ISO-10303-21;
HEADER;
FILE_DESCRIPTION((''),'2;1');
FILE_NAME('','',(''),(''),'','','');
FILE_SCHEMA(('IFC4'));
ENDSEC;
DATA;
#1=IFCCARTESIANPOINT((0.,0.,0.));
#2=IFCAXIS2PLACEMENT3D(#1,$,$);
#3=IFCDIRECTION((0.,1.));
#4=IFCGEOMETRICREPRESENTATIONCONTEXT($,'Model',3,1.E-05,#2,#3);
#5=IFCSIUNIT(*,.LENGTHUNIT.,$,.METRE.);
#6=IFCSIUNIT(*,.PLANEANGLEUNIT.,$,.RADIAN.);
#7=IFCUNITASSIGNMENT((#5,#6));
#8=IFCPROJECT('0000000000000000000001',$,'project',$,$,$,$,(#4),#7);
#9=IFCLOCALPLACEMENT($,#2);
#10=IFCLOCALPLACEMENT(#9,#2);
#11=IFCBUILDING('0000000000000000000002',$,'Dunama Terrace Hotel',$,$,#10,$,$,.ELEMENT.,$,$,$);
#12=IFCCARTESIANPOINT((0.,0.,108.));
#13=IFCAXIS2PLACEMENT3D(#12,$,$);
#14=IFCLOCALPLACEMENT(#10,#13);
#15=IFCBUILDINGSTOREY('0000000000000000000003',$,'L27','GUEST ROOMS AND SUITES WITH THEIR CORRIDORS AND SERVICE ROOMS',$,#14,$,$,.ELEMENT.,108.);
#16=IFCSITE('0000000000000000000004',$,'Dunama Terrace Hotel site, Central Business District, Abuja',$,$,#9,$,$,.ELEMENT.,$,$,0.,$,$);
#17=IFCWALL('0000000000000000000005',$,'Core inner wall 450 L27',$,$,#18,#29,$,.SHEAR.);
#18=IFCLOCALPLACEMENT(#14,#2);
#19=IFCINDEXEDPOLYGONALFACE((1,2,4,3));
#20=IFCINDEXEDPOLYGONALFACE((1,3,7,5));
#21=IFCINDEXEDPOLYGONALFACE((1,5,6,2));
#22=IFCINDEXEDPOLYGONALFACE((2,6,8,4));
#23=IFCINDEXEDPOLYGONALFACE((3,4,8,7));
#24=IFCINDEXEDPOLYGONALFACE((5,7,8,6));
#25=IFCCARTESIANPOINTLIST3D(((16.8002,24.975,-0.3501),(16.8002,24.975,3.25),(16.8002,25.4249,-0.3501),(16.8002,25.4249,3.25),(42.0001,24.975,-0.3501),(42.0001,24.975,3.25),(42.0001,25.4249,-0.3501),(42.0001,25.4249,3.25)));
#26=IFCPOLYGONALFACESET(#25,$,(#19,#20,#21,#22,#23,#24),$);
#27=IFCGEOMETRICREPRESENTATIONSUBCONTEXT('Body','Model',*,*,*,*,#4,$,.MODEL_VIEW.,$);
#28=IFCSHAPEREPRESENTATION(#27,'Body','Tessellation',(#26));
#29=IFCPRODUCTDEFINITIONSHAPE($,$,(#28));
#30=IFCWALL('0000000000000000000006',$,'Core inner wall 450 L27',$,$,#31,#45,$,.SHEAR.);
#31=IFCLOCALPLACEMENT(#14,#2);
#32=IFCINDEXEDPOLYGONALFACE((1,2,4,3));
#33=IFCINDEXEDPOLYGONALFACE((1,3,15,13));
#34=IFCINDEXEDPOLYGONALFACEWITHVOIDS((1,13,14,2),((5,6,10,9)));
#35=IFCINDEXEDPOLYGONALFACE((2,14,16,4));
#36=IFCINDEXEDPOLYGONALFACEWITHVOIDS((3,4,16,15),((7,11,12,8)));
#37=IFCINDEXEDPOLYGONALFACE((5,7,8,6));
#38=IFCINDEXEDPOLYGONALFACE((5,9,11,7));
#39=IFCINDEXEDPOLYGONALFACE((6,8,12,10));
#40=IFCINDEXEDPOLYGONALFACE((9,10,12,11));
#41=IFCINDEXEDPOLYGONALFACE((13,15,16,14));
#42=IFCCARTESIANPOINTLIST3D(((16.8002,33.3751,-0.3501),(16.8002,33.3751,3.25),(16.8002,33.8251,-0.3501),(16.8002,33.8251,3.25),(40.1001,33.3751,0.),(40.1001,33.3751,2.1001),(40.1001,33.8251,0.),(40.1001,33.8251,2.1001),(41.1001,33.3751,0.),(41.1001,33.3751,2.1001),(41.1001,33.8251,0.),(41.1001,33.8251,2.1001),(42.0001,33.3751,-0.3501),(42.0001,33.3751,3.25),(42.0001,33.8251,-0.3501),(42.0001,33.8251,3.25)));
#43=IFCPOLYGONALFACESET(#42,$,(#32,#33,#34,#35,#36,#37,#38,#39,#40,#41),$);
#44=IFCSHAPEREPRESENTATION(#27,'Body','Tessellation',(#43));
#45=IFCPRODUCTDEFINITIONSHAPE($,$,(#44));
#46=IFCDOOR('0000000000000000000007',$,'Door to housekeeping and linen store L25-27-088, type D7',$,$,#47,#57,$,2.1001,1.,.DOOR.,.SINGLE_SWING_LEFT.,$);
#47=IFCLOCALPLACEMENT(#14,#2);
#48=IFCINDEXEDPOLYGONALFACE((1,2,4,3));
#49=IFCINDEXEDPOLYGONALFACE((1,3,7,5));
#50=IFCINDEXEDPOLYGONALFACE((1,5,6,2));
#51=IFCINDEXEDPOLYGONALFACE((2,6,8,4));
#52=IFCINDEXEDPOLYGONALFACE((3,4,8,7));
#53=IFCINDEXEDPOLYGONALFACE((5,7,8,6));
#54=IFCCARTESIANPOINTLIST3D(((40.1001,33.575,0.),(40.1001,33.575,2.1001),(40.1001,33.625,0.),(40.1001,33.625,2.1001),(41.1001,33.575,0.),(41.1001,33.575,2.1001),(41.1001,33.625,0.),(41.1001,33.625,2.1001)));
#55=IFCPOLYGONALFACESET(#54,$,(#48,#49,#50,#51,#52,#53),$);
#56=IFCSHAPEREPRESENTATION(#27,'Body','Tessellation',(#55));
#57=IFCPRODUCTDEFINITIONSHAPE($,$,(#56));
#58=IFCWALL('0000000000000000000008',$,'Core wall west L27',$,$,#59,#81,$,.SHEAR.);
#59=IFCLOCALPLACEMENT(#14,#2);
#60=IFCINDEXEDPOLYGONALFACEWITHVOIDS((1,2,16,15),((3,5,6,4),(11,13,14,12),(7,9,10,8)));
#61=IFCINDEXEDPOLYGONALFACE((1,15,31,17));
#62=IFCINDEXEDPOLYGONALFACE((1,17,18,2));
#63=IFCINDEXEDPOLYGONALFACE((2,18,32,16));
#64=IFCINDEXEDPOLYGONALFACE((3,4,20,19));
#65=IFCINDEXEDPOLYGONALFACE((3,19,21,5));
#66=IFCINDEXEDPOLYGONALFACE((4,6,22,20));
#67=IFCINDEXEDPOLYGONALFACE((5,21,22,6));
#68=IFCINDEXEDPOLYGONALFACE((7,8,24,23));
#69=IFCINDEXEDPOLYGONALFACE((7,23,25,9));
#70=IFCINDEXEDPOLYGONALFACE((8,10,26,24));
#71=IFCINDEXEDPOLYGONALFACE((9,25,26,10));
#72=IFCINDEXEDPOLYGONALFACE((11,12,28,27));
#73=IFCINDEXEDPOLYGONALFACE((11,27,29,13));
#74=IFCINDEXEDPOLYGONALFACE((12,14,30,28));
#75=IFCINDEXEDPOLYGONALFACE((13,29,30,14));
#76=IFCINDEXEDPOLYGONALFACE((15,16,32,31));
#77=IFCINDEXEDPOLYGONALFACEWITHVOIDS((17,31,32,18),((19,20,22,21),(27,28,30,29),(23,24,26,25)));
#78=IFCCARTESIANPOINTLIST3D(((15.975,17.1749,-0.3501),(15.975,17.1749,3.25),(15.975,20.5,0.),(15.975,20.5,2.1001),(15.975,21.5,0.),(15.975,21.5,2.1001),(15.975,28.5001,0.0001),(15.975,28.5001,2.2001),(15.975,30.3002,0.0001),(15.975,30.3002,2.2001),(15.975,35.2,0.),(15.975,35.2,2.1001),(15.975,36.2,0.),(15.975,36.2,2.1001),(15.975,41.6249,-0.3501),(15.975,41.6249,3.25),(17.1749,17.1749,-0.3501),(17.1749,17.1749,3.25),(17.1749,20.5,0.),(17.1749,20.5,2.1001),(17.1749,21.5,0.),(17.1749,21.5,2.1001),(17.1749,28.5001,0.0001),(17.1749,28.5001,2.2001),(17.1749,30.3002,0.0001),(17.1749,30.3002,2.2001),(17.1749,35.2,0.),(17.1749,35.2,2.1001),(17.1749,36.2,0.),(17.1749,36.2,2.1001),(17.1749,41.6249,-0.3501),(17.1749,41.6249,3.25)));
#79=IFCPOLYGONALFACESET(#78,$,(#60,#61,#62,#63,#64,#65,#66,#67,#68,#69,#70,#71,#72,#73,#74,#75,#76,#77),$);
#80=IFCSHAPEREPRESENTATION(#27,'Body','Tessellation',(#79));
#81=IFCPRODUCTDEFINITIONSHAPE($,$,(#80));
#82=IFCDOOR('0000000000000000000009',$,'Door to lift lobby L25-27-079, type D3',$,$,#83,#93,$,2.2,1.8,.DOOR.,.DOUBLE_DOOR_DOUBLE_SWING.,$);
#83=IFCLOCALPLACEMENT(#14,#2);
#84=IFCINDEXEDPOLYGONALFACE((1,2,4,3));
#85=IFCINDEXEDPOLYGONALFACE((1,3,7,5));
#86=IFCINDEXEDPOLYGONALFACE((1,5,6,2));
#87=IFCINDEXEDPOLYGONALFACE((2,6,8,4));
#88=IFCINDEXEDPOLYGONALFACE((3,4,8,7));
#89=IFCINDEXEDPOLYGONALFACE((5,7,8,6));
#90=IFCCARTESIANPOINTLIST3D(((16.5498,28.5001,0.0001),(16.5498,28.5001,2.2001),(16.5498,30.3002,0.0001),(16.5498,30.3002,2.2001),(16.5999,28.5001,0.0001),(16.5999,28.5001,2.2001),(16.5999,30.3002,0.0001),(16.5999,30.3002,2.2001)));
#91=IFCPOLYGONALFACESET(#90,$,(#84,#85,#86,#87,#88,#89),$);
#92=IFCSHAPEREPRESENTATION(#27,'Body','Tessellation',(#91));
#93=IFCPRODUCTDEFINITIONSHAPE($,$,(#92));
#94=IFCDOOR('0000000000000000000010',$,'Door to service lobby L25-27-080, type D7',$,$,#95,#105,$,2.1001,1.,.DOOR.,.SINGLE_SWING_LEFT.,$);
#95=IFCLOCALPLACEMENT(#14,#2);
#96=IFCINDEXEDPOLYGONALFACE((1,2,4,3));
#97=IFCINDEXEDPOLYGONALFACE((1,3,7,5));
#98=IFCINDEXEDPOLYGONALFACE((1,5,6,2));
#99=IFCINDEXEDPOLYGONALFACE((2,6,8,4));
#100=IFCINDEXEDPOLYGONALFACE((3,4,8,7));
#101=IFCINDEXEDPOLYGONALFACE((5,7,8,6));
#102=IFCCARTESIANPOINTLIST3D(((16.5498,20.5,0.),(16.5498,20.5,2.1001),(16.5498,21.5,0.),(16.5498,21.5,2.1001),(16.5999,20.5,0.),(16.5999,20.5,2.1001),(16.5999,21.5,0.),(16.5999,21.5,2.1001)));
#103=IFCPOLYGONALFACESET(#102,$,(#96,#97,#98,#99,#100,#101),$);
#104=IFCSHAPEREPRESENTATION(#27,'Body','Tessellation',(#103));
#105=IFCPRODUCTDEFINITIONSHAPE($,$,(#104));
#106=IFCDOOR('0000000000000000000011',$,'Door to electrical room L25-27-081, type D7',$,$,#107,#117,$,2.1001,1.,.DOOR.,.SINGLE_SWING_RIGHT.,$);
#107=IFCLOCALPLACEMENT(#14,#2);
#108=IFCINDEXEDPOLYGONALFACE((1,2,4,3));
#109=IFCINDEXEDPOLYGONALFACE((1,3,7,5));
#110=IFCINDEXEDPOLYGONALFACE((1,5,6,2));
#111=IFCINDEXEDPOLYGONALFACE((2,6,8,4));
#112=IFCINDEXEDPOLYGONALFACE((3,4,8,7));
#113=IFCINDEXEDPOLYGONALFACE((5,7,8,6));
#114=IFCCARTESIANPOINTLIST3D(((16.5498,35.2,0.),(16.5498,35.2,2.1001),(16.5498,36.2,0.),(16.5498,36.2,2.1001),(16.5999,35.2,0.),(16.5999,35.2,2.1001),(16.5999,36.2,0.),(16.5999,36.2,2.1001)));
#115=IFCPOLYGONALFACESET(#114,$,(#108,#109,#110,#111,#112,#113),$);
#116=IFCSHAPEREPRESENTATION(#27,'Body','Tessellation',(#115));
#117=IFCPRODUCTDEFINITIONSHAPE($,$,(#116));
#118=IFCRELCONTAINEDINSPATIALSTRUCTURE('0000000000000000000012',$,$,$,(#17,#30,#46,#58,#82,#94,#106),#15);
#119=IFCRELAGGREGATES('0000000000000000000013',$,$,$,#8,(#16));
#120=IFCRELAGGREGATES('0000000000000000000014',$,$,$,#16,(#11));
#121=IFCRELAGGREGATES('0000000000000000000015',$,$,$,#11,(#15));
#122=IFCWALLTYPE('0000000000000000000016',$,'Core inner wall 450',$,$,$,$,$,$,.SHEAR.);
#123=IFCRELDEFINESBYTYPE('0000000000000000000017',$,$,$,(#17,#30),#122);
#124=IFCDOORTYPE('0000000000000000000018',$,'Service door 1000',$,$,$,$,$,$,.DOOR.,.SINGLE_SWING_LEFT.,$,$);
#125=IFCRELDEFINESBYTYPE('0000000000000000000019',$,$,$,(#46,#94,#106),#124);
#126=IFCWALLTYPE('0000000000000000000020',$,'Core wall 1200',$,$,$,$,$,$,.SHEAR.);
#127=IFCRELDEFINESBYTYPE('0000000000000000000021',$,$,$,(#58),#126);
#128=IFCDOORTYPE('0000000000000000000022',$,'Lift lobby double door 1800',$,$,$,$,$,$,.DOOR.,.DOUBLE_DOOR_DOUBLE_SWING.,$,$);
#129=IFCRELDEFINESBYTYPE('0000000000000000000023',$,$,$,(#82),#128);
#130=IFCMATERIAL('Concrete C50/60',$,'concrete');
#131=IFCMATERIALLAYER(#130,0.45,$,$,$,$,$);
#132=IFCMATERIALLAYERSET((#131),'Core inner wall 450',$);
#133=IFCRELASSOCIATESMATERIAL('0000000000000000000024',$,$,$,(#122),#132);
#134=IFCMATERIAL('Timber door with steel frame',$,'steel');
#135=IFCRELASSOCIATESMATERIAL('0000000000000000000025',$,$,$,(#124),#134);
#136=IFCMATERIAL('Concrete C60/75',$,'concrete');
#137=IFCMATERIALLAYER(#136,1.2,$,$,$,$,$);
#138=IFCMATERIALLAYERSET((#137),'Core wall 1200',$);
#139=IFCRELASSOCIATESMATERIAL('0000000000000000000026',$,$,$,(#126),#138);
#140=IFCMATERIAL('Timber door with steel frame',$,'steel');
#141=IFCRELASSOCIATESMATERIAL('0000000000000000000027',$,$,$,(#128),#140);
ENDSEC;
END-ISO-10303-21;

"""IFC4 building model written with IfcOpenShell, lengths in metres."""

from ifc_helpers import new_model, si_unit, direction, frame, frame_2d, origin, place, context, subcontext, project, spatial, rectangle, extrude, material, layer, layer_set, type_object, element, fill, save


model = new_model("IFC4")

# Units and contexts
model_context = context("Model", 3, precision=1e-05, world=origin(), true_north=direction((0.0, 1.0)))
body_context = subcontext(model_context, "Body", "Model", "MODEL_VIEW")
ifc_project = project(units=[si_unit("LENGTHUNIT", "METRE"), si_unit("PLANEANGLEUNIT", "RADIAN")], contexts=[model_context])

# Site, building, storey
site_placement = place(None, origin())
site = spatial("IfcSite", under=ifc_project, at=site_placement, Name="Dunama Terrace Hotel site, Central Business District, Abuja", CompositionType="ELEMENT", RefElevation=0.0)
building_placement = place(site_placement, origin())
building = spatial("IfcBuilding", under=site, at=building_placement, Name="Dunama Terrace Hotel", CompositionType="ELEMENT")
storey_placement = place(building_placement, frame((0.0, 0.0, 108.0)))
storey = spatial("IfcBuildingStorey", under=building, at=storey_placement, Name="L27", Description="GUEST ROOMS AND SUITES WITH THEIR CORRIDORS AND SERVICE ROOMS", CompositionType="ELEMENT", Elevation=108.0)

# Wall
ifc_material_1 = material(Name="Concrete C50/60", Category="concrete")
ifc_layer_1 = layer(ifc_material_1, 0.45)
ifc_layer_set_1 = layer_set([ifc_layer_1], Name="Core inner wall 450")
wall_type_1 = type_object("IfcWallType", Name="Core inner wall 450", PredefinedType="SHEAR", material=ifc_layer_set_1)
wall_1_placement = place(storey_placement, frame((16.8, 25.2, -0.3501), z_axis=(0.0, 0.0, 1.0), x_axis=(1.0, 0.0, 0.0)))
element("IfcWall", 1, at=wall_1_placement, inside=storey, type_object=wall_type_1, Name="Core inner wall 450 L27", PredefinedType="SHEAR", context=body_context, shape_type="SweptSolid", body=[
    extrude(rectangle(XDim=25.2, YDim=0.45, at=frame_2d((12.6001, 0.0))), origin(), (0.0, 0.0, 1.0), 3.6001),
])

# Wall, opening, door
wall_2_placement = place(storey_placement, frame((16.8, 33.6001, -0.3501), z_axis=(0.0, 0.0, 1.0), x_axis=(1.0, 0.0, 0.0)))
wall_2 = element("IfcWall", 2, at=wall_2_placement, inside=storey, type_object=wall_type_1, Name="Core inner wall 450 L27", PredefinedType="SHEAR", context=body_context, shape_type="SweptSolid", body=[
    extrude(rectangle(XDim=25.2, YDim=0.45, at=frame_2d((12.6001, 0.0))), origin(), (0.0, 0.0, 1.0), 3.6001),
])
opening_1_placement = place(wall_2_placement, frame((23.3, 0.0, 0.3501)))
opening_1 = element("IfcOpeningElement", 3, at=opening_1_placement, cuts=wall_2, PredefinedType="OPENING", context=body_context, shape_type="SweptSolid", body=[
    extrude(rectangle(XDim=1.0, YDim=2.1001, at=frame_2d((0.5, 1.05))), frame((0.0, 0.2349, 0.0), z_axis=(0.0, -1.0, 0.0), x_axis=(1.0, 0.0, 0.0)), (0.0, 0.0, 1.0), 0.47),
])
ifc_material_2 = material(Name="Timber door with steel frame", Category="steel")
door_type_1 = type_object("IfcDoorType", Name="Service door 1000", OperationType="SINGLE_SWING_LEFT", PredefinedType="DOOR", material=ifc_material_2)
door_1_placement = place(opening_1_placement, frame((1.0, 0.0, 0.0), z_axis=(0.0, 0.0, 1.0), x_axis=(-1.0, 0.0, 0.0)))
door_1 = element("IfcDoor", 4, at=door_1_placement, inside=storey, type_object=door_type_1, Name="Door to housekeeping and linen store L25-27-088, type D7", OperationType="SINGLE_SWING_LEFT", OverallHeight=2.1001, OverallWidth=1.0, PredefinedType="DOOR", context=body_context, shape_type="SweptSolid", body=[
    extrude(rectangle(XDim=1.0, YDim=2.1001, at=frame_2d((0.5, 1.05))), frame((0.0, 0.0251, 0.0), z_axis=(0.0, -1.0, 0.0), x_axis=(1.0, 0.0, 0.0)), (0.0, 0.0, 1.0), 0.05),
])
fill(opening_1, door_1)

# Wall, openings, doors
ifc_material_3 = material(Name="Concrete C60/75", Category="concrete")
ifc_layer_2 = layer(ifc_material_3, 1.2)
ifc_layer_set_2 = layer_set([ifc_layer_2], Name="Core wall 1200")
wall_type_2 = type_object("IfcWallType", Name="Core wall 1200", PredefinedType="SHEAR", material=ifc_layer_set_2)
wall_3_placement = place(storey_placement, frame((16.575, 41.625, -0.3501), z_axis=(0.0, 0.0, 1.0), x_axis=(0.0, -1.0, 0.0)))
wall_3 = element("IfcWall", 5, at=wall_3_placement, inside=storey, type_object=wall_type_2, Name="Core wall west L27", PredefinedType="SHEAR", context=body_context, shape_type="SweptSolid", body=[
    extrude(rectangle(XDim=24.45, YDim=1.2, at=frame_2d((12.2251, 0.0))), origin(), (0.0, 0.0, 1.0), 3.6001),
])
opening_2_placement = place(wall_3_placement, frame((11.325, 0.0, 0.3501)))
opening_2 = element("IfcOpeningElement", 6, at=opening_2_placement, cuts=wall_3, PredefinedType="OPENING", context=body_context, shape_type="SweptSolid", body=[
    extrude(rectangle(XDim=1.8, YDim=2.2, at=frame_2d((0.8999, 1.1001))), frame((0.0, 0.6099, 0.0), z_axis=(0.0, -1.0, 0.0), x_axis=(1.0, 0.0, 0.0)), (0.0, 0.0, 1.0), 1.22),
])
opening_3_placement = place(wall_3_placement, frame((20.125, 0.0, 0.3501)))
opening_3 = element("IfcOpeningElement", 7, at=opening_3_placement, cuts=wall_3, PredefinedType="OPENING", context=body_context, shape_type="SweptSolid", body=[
    extrude(rectangle(XDim=1.0, YDim=2.1001, at=frame_2d((0.5, 1.05))), frame((0.0, 0.6099, 0.0), z_axis=(0.0, -1.0, 0.0), x_axis=(1.0, 0.0, 0.0)), (0.0, 0.0, 1.0), 1.22),
])
opening_4_placement = place(wall_3_placement, frame((5.425, 0.0, 0.3501)))
opening_4 = element("IfcOpeningElement", 8, at=opening_4_placement, cuts=wall_3, PredefinedType="OPENING", context=body_context, shape_type="SweptSolid", body=[
    extrude(rectangle(XDim=1.0, YDim=2.1001, at=frame_2d((0.5, 1.05))), frame((0.0, 0.6099, 0.0), z_axis=(0.0, -1.0, 0.0), x_axis=(1.0, 0.0, 0.0)), (0.0, 0.0, 1.0), 1.22),
])
ifc_material_4 = material(Name="Timber door with steel frame", Category="steel")
door_type_2 = type_object("IfcDoorType", Name="Lift lobby double door 1800", OperationType="DOUBLE_DOOR_DOUBLE_SWING", PredefinedType="DOOR", material=ifc_material_4)
door_2_placement = place(opening_2_placement, origin())
door_2 = element("IfcDoor", 9, at=door_2_placement, inside=storey, type_object=door_type_2, Name="Door to lift lobby L25-27-079, type D3", OperationType="DOUBLE_DOOR_DOUBLE_SWING", OverallHeight=2.2, OverallWidth=1.8, PredefinedType="DOOR", context=body_context, shape_type="SweptSolid", body=[
    extrude(rectangle(XDim=1.8, YDim=2.2, at=frame_2d((0.8999, 1.1001))), frame((0.0, 0.0249, 0.0), z_axis=(0.0, -1.0, 0.0), x_axis=(1.0, 0.0, 0.0)), (0.0, 0.0, 1.0), 0.05),
])
fill(opening_2, door_2)
door_3_placement = place(opening_3_placement, origin())
door_3 = element("IfcDoor", 10, at=door_3_placement, inside=storey, type_object=door_type_1, Name="Door to service lobby L25-27-080, type D7", OperationType="SINGLE_SWING_LEFT", OverallHeight=2.1001, OverallWidth=1.0, PredefinedType="DOOR", context=body_context, shape_type="SweptSolid", body=[
    extrude(rectangle(XDim=1.0, YDim=2.1001, at=frame_2d((0.5, 1.05))), frame((0.0, 0.0249, 0.0), z_axis=(0.0, -1.0, 0.0), x_axis=(1.0, 0.0, 0.0)), (0.0, 0.0, 1.0), 0.05),
])
fill(opening_3, door_3)
door_4_placement = place(opening_4_placement, origin())
door_4 = element("IfcDoor", 11, at=door_4_placement, inside=storey, type_object=door_type_1, Name="Door to electrical room L25-27-081, type D7", OperationType="SINGLE_SWING_RIGHT", OverallHeight=2.1001, OverallWidth=1.0, PredefinedType="DOOR", context=body_context, shape_type="SweptSolid", body=[
    extrude(rectangle(XDim=1.0, YDim=2.1001, at=frame_2d((0.5, 1.05))), frame((0.0, 0.0249, 0.0), z_axis=(0.0, -1.0, 0.0), x_axis=(1.0, 0.0, 0.0)), (0.0, 0.0, 1.0), 0.05),
])
fill(opening_4, door_4)

save(model, "model.ifc")
